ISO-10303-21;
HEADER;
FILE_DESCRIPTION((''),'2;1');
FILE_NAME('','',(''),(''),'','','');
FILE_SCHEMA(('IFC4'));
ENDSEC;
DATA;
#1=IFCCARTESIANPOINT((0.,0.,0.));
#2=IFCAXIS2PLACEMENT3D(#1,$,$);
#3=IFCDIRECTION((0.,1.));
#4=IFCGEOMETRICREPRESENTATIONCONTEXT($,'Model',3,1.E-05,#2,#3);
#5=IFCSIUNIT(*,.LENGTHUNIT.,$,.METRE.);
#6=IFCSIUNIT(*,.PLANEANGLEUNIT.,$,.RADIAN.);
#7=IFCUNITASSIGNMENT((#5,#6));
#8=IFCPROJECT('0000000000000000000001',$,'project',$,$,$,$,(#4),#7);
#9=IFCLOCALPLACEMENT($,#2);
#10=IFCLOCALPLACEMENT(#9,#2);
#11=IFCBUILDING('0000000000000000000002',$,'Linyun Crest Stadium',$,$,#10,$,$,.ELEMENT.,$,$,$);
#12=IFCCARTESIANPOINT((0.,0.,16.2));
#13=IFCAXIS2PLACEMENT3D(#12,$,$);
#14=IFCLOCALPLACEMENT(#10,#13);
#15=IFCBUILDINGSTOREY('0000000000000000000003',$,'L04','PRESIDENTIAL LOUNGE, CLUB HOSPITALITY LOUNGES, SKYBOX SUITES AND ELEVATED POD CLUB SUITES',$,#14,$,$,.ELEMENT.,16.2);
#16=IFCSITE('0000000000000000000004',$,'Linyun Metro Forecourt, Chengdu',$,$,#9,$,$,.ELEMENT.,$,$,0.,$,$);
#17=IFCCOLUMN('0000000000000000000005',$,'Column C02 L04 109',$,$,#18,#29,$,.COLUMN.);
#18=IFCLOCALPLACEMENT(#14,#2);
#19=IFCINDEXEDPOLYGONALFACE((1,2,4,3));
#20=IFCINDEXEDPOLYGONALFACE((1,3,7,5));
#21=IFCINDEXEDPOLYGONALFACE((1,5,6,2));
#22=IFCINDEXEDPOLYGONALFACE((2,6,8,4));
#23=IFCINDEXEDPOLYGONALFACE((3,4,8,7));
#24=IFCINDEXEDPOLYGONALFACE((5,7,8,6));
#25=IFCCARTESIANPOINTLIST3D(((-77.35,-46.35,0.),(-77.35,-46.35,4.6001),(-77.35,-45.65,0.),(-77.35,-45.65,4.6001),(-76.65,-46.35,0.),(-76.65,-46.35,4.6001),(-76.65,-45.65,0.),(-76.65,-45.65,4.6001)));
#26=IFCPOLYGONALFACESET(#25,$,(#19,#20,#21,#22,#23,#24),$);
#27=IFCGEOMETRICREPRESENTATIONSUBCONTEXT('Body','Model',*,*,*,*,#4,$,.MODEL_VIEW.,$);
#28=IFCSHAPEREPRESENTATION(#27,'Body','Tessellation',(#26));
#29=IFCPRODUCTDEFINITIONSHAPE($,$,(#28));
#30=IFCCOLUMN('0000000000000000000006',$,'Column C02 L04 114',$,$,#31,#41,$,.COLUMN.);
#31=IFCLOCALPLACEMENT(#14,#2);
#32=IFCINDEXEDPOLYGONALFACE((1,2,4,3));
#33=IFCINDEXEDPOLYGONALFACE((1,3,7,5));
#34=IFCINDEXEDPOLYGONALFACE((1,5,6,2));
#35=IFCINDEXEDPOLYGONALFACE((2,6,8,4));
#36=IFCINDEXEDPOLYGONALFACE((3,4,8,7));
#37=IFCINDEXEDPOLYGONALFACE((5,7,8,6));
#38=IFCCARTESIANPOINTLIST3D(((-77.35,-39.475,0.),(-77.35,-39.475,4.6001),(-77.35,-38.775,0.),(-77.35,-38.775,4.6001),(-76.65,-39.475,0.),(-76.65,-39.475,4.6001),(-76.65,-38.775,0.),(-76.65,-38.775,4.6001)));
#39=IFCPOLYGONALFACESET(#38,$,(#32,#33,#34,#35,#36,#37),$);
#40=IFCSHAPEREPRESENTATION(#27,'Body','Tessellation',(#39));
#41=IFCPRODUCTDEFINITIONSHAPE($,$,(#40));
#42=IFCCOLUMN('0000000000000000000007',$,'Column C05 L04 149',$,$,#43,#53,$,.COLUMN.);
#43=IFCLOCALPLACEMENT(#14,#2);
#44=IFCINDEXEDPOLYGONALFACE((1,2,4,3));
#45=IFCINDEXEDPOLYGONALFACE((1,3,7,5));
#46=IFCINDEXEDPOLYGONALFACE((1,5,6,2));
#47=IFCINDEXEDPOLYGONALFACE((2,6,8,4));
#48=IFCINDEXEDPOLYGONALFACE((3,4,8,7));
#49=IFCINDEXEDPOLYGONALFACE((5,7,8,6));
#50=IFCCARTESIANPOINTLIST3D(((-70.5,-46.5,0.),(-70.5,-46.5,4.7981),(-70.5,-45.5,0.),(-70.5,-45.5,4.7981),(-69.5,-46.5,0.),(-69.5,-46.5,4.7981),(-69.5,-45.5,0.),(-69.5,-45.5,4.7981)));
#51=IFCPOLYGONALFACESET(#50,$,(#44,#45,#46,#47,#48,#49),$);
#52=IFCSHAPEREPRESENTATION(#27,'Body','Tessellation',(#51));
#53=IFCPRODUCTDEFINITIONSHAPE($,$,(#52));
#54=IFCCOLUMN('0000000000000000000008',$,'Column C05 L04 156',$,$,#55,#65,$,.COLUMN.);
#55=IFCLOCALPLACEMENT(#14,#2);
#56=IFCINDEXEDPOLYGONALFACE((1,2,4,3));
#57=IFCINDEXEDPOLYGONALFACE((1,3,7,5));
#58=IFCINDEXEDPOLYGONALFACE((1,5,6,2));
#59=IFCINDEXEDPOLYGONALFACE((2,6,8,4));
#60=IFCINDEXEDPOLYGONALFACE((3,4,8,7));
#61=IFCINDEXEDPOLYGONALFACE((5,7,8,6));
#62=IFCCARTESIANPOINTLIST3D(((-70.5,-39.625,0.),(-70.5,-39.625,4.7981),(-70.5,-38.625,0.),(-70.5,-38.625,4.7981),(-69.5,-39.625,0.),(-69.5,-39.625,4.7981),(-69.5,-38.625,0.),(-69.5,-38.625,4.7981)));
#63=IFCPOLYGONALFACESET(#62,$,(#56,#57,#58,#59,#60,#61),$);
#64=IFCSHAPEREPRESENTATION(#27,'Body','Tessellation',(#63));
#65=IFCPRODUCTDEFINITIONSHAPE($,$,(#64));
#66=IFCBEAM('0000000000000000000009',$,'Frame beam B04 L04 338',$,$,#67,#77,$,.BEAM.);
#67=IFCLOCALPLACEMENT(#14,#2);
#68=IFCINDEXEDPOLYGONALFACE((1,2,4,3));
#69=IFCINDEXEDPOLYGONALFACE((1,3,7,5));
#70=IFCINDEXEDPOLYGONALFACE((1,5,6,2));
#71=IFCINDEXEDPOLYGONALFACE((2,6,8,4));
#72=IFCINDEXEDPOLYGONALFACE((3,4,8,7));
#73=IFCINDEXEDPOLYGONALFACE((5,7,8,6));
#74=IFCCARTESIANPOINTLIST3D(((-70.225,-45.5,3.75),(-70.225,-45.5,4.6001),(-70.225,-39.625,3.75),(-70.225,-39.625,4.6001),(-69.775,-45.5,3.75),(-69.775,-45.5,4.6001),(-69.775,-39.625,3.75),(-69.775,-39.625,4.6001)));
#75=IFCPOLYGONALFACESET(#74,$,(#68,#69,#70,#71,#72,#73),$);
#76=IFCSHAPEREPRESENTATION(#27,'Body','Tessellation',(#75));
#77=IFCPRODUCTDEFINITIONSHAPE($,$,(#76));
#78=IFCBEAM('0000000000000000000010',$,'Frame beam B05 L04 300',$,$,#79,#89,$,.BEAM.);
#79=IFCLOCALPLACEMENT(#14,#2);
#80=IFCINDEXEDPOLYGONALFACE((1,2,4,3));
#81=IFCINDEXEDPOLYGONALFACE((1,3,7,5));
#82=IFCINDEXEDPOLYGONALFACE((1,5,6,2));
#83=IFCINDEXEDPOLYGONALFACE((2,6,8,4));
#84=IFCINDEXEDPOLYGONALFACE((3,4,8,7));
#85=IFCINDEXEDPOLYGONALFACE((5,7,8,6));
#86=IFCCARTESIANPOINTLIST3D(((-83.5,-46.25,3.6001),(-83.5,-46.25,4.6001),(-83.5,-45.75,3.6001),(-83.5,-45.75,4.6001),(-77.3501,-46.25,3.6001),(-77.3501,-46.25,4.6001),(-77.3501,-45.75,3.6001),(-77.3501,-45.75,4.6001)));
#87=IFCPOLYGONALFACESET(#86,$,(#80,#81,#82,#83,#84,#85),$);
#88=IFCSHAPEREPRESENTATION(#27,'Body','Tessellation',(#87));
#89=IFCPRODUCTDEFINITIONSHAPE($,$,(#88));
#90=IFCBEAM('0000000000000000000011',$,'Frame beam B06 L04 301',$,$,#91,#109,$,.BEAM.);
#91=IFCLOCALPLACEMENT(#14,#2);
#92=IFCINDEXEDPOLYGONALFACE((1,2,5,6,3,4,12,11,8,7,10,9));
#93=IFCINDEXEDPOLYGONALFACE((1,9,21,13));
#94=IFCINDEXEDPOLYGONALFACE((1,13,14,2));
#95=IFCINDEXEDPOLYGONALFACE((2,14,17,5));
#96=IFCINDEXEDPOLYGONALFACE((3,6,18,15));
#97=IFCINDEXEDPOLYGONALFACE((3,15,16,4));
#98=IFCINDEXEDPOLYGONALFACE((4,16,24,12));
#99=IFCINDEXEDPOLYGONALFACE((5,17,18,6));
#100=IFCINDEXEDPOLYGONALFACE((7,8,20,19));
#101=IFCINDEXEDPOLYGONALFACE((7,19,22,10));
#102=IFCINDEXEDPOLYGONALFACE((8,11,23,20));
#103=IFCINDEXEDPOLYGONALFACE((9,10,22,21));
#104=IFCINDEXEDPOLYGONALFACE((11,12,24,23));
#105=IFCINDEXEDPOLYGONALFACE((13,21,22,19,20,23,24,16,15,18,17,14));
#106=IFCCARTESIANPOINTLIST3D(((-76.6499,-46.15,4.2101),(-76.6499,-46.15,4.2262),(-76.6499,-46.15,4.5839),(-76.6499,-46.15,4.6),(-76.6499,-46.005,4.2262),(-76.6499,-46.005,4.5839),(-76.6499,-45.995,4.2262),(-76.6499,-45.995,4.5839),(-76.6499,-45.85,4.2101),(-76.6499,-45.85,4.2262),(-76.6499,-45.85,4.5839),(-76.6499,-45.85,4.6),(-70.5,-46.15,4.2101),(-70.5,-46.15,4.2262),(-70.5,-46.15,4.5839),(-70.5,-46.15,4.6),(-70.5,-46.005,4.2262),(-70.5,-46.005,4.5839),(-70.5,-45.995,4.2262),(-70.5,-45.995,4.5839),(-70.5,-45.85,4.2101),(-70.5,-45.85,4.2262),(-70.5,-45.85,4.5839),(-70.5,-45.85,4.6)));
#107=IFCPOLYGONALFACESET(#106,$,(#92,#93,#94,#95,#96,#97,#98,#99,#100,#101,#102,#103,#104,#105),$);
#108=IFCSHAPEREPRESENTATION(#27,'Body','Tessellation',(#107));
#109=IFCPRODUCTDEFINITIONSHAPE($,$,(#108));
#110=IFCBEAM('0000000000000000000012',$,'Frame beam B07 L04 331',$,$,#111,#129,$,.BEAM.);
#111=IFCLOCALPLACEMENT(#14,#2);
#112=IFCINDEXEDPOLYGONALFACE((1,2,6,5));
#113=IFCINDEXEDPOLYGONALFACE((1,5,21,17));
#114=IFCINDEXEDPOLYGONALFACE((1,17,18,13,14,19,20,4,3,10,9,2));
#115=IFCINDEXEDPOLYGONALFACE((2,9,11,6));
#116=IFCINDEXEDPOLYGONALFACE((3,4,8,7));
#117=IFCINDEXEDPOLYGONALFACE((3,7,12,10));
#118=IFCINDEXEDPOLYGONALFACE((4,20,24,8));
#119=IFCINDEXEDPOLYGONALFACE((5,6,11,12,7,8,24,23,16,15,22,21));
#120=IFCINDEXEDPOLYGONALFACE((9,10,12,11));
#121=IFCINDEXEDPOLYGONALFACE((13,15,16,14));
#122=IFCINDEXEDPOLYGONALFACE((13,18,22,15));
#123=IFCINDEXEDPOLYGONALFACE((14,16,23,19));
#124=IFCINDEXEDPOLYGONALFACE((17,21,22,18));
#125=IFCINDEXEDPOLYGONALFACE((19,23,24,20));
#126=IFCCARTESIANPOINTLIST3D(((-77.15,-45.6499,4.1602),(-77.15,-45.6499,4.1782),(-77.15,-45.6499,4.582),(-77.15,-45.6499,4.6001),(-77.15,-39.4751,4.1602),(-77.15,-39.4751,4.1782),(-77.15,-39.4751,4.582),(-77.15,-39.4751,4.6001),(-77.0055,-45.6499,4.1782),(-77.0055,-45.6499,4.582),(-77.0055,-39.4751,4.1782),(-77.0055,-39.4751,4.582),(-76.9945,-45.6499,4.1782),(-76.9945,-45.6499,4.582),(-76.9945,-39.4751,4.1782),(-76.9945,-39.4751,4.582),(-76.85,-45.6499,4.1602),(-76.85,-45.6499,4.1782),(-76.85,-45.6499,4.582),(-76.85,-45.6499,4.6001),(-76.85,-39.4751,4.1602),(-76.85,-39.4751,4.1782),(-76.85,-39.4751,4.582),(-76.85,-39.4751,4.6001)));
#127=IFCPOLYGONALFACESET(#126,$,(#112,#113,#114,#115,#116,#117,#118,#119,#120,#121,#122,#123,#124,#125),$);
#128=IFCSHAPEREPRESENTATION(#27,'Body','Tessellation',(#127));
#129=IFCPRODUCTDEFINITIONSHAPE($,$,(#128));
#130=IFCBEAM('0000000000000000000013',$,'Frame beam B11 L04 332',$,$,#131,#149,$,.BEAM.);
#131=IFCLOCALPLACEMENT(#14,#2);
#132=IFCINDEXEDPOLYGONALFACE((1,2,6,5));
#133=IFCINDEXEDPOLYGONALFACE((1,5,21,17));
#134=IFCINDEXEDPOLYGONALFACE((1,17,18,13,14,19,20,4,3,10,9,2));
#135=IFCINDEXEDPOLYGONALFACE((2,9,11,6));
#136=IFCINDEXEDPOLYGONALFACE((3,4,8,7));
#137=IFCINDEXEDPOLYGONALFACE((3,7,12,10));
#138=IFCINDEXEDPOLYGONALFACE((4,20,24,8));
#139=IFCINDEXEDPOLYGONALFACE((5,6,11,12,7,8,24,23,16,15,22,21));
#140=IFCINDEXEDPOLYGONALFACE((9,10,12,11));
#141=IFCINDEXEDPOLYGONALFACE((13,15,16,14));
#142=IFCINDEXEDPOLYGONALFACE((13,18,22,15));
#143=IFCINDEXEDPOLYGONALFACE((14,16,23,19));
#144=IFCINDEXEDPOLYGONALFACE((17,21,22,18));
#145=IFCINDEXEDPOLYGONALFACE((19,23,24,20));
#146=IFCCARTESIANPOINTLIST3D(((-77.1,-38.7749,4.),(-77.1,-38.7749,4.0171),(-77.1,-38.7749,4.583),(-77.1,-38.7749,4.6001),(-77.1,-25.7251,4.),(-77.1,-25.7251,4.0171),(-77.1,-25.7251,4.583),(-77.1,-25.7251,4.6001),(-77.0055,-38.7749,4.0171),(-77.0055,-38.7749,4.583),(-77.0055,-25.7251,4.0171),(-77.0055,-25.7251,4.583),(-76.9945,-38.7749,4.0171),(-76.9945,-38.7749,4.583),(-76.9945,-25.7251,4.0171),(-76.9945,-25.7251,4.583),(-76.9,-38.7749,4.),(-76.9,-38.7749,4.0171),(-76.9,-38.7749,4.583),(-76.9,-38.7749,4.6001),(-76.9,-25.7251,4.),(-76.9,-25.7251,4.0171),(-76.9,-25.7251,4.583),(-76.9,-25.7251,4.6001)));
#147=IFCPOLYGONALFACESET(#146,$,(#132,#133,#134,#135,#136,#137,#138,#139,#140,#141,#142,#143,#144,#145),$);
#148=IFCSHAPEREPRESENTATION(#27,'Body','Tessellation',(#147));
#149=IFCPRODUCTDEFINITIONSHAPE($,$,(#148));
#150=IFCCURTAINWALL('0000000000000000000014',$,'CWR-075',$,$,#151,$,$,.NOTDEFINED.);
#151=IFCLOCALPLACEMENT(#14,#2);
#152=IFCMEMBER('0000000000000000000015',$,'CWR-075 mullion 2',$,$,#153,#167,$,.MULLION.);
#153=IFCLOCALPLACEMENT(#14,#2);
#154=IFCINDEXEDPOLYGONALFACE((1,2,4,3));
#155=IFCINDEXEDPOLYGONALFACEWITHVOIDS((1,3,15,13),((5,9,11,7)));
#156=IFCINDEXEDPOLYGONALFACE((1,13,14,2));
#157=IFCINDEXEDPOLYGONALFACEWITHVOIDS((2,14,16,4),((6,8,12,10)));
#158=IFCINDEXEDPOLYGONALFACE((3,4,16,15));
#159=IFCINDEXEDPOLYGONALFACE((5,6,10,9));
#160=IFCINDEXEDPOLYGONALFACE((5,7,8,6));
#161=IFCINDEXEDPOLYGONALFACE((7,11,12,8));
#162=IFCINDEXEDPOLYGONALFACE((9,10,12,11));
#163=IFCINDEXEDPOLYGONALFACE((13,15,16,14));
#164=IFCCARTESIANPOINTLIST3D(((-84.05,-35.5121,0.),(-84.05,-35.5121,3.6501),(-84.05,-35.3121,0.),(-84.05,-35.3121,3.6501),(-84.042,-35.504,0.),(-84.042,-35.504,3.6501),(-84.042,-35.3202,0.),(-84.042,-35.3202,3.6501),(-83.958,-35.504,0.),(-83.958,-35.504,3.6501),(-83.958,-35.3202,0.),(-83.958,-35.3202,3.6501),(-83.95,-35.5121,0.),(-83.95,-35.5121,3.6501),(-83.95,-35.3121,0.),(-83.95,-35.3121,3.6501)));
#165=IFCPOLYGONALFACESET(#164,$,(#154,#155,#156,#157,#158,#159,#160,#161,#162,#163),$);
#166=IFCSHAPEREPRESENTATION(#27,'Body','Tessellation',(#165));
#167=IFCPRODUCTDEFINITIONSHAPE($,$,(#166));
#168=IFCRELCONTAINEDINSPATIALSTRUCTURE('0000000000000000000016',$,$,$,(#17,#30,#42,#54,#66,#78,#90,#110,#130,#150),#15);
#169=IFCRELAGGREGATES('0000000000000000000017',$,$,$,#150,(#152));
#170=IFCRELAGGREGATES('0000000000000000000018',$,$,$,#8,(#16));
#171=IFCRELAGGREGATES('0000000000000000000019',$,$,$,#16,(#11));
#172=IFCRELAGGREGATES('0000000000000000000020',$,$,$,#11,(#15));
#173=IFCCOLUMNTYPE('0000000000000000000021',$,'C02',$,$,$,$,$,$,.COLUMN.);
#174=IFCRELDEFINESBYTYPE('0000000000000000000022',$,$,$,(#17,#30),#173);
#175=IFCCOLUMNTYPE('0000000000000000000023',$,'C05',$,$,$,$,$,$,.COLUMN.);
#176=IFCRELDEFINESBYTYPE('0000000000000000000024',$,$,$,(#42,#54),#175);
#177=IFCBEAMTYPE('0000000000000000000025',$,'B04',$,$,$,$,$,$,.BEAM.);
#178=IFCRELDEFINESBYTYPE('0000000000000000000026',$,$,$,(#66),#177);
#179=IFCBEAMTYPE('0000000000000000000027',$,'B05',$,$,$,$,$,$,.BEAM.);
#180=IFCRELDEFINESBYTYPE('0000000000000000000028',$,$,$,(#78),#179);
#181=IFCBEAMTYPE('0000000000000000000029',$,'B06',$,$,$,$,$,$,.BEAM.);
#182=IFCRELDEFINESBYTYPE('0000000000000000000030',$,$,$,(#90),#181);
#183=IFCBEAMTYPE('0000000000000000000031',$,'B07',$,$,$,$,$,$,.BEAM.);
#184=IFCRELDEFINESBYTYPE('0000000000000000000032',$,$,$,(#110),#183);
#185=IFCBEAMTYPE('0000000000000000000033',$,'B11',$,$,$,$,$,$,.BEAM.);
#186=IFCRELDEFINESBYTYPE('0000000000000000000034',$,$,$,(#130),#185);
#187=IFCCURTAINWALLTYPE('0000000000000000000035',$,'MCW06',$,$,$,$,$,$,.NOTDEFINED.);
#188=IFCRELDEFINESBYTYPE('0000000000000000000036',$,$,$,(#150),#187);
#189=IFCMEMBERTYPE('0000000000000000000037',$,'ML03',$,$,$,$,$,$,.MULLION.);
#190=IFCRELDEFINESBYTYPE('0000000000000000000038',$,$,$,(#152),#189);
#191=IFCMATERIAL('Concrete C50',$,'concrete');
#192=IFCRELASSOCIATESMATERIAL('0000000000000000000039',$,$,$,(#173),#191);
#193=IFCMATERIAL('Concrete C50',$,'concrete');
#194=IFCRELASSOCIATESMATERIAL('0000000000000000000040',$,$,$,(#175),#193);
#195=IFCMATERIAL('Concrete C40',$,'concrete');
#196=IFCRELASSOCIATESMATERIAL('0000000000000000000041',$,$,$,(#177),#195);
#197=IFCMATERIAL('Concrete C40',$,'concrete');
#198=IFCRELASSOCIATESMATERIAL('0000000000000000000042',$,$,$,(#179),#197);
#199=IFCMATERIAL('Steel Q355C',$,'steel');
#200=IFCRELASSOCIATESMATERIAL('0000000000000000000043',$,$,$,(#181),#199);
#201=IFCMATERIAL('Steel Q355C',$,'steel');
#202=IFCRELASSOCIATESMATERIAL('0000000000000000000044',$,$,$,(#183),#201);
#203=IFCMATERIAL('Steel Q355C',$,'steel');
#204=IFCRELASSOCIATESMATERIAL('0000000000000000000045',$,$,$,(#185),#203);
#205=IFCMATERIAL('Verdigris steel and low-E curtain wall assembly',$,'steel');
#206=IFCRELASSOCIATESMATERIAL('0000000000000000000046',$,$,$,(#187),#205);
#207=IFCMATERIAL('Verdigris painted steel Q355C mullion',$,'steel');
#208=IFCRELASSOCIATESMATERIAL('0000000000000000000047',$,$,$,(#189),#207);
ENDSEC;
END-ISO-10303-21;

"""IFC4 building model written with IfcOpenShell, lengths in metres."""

from ifc_helpers import new_model, si_unit, direction, frame, origin, origin_2d, place, context, subcontext, project, spatial, rectangle, hollow_rectangle, i_section, extrude, material, material_profile, profile_set, type_object, element, aggregate, save


model = new_model("IFC4")

# Units and contexts
model_context = context("Model", 3, precision=1e-05, world=origin(), true_north=direction((0.0, 1.0)))
body_context = subcontext(model_context, "Body", "Model", "MODEL_VIEW")
ifc_project = project(units=[si_unit("LENGTHUNIT", "METRE"), si_unit("PLANEANGLEUNIT", "RADIAN")], contexts=[model_context])

# Site, building, storey
site_placement = place(None, origin())
site = spatial("IfcSite", under=ifc_project, at=site_placement, Name="Linyun Metro Forecourt, Chengdu", CompositionType="ELEMENT", RefElevation=0.0)
building_placement = place(site_placement, origin())
building = spatial("IfcBuilding", under=site, at=building_placement, Name="Linyun Crest Stadium", CompositionType="ELEMENT")
storey_placement = place(building_placement, frame((0.0, 0.0, 16.2)))
storey = spatial("IfcBuildingStorey", under=building, at=storey_placement, Name="L04", Description="PRESIDENTIAL LOUNGE, CLUB HOSPITALITY LOUNGES, SKYBOX SUITES AND ELEVATED POD CLUB SUITES", CompositionType="ELEMENT", Elevation=16.2)

# Columns
ifc_material_1 = material(Name="Concrete C50", Category="concrete")
ifc_material_profile_1 = material_profile(ifc_material_1, rectangle(XDim=0.7, YDim=0.7, at=origin_2d()), Name="RC 700x700")
ifc_profile_set_1 = profile_set([ifc_material_profile_1], Name="Concrete C50")
column_type_1 = type_object("IfcColumnType", Name="C02", PredefinedType="COLUMN", material=ifc_profile_set_1)
for number, where, z_axis, x_axis, name in (
    (1, (-77.0, -46.0, 0.0), (0.0, 0.0, 1.0), (1.0, 0.0, 0.0), "Column C02 L04 109"),
    (2, (-77.0, -39.125, 0.0), (0.0, 0.0, 1.0), (1.0, 0.0, 0.0), "Column C02 L04 114"),
):
    element("IfcColumn", number, at=place(storey_placement, frame(where, z_axis=z_axis, x_axis=x_axis)), inside=storey, type_object=column_type_1, Name=name, PredefinedType="COLUMN", context=body_context, shape_type="SweptSolid", body=[
        extrude(rectangle(XDim=0.7, YDim=0.7, at=origin_2d()), origin(), (0.0, 0.0, 1.0), 4.6001),
    ])
ifc_material_2 = material(Name="Concrete C50", Category="concrete")
ifc_material_profile_2 = material_profile(ifc_material_2, rectangle(XDim=1.0, YDim=1.0, at=origin_2d()), Name="RC 1000x1000")
ifc_profile_set_2 = profile_set([ifc_material_profile_2], Name="Concrete C50")
column_type_2 = type_object("IfcColumnType", Name="C05", PredefinedType="COLUMN", material=ifc_profile_set_2)
for number, where, z_axis, x_axis, name in (
    (3, (-70.0, -46.0, 0.0), (0.0, 0.0, 1.0), (1.0, 0.0, 0.0), "Column C05 L04 149"),
    (4, (-70.0, -39.125, 0.0), (0.0, 0.0, 1.0), (1.0, 0.0, 0.0), "Column C05 L04 156"),
):
    element("IfcColumn", number, at=place(storey_placement, frame(where, z_axis=z_axis, x_axis=x_axis)), inside=storey, type_object=column_type_2, Name=name, PredefinedType="COLUMN", context=body_context, shape_type="SweptSolid", body=[
        extrude(rectangle(XDim=1.0, YDim=1.0, at=origin_2d()), origin(), (0.0, 0.0, 1.0), 4.7981),
    ])

# Beams
ifc_material_3 = material(Name="Concrete C40", Category="concrete")
ifc_material_profile_3 = material_profile(ifc_material_3, rectangle(XDim=0.45, YDim=0.8501, at=origin_2d()), Name="RCB 850x450")
ifc_profile_set_3 = profile_set([ifc_material_profile_3], Name="Concrete C40")
beam_type_1 = type_object("IfcBeamType", Name="B04", PredefinedType="BEAM", material=ifc_profile_set_3)
beam_1_placement = place(storey_placement, frame((-70.0, -45.5, 4.175), z_axis=(0.0, 1.0, 0.0), x_axis=(-1.0, 0.0, 0.0)))
element("IfcBeam", 5, at=beam_1_placement, inside=storey, type_object=beam_type_1, Name="Frame beam B04 L04 338", PredefinedType="BEAM", context=body_context, shape_type="SweptSolid", body=[
    extrude(rectangle(XDim=0.45, YDim=0.8501, at=origin_2d()), origin(), (0.0, 0.0, 1.0), 5.875),
])
ifc_material_4 = material(Name="Concrete C40", Category="concrete")
ifc_material_profile_4 = material_profile(ifc_material_4, rectangle(XDim=0.5, YDim=1.0, at=origin_2d()), Name="RCB 1000x500")
ifc_profile_set_4 = profile_set([ifc_material_profile_4], Name="Concrete C40")
beam_type_2 = type_object("IfcBeamType", Name="B05", PredefinedType="BEAM", material=ifc_profile_set_4)
beam_2_placement = place(storey_placement, frame((-83.5, -46.0, 4.1001), z_axis=(1.0, 0.0, 0.0), x_axis=(0.0, 1.0, 0.0)))
element("IfcBeam", 6, at=beam_2_placement, inside=storey, type_object=beam_type_2, Name="Frame beam B05 L04 300", PredefinedType="BEAM", context=body_context, shape_type="SweptSolid", body=[
    extrude(rectangle(XDim=0.5, YDim=1.0, at=origin_2d()), origin(), (0.0, 0.0, 1.0), 6.1499),
])
ifc_material_5 = material(Name="Steel Q355C", Category="steel")
ifc_material_profile_5 = material_profile(ifc_material_5, i_section(OverallWidth=0.3, OverallDepth=0.3899, WebThickness=0.01, FlangeThickness=0.0161, at=origin_2d()), Name="HM 390x300")
ifc_profile_set_5 = profile_set([ifc_material_profile_5], Name="Steel Q355C")
beam_type_3 = type_object("IfcBeamType", Name="B06", PredefinedType="BEAM", material=ifc_profile_set_5)
beam_3_placement = place(storey_placement, frame((-76.6499, -46.0, 4.405), z_axis=(1.0, 0.0, 0.0), x_axis=(0.0, 1.0, 0.0)))
element("IfcBeam", 7, at=beam_3_placement, inside=storey, type_object=beam_type_3, Name="Frame beam B06 L04 301", PredefinedType="BEAM", context=body_context, shape_type="SweptSolid", body=[
    extrude(i_section(OverallWidth=0.3, OverallDepth=0.3899, WebThickness=0.01, FlangeThickness=0.0161, at=origin_2d()), origin(), (0.0, 0.0, 1.0), 6.1499),
])
ifc_material_6 = material(Name="Steel Q355C", Category="steel")
ifc_material_profile_6 = material_profile(ifc_material_6, i_section(OverallWidth=0.3, OverallDepth=0.4399, WebThickness=0.011, FlangeThickness=0.0181, at=origin_2d()), Name="HM 440x300")
ifc_profile_set_6 = profile_set([ifc_material_profile_6], Name="Steel Q355C")
beam_type_4 = type_object("IfcBeamType", Name="B07", PredefinedType="BEAM", material=ifc_profile_set_6)
beam_4_placement = place(storey_placement, frame((-77.0, -45.6499, 4.3801), z_axis=(0.0, 1.0, 0.0), x_axis=(-1.0, 0.0, 0.0)))
element("IfcBeam", 8, at=beam_4_placement, inside=storey, type_object=beam_type_4, Name="Frame beam B07 L04 331", PredefinedType="BEAM", context=body_context, shape_type="SweptSolid", body=[
    extrude(i_section(OverallWidth=0.3, OverallDepth=0.4399, WebThickness=0.011, FlangeThickness=0.0181, at=origin_2d()), origin(), (0.0, 0.0, 1.0), 6.1748),
])
ifc_material_7 = material(Name="Steel Q355C", Category="steel")
ifc_material_profile_7 = material_profile(ifc_material_7, i_section(OverallWidth=0.2, OverallDepth=0.6001, WebThickness=0.011, FlangeThickness=0.0171, at=origin_2d()), Name="HN 600x200")
ifc_profile_set_7 = profile_set([ifc_material_profile_7], Name="Steel Q355C")
beam_type_5 = type_object("IfcBeamType", Name="B11", PredefinedType="BEAM", material=ifc_profile_set_7)
beam_5_placement = place(storey_placement, frame((-77.0, -38.7749, 4.3), z_axis=(0.0, 1.0, 0.0), x_axis=(-1.0, 0.0, 0.0)))
element("IfcBeam", 9, at=beam_5_placement, inside=storey, type_object=beam_type_5, Name="Frame beam B11 L04 332", PredefinedType="BEAM", context=body_context, shape_type="SweptSolid", body=[
    extrude(i_section(OverallWidth=0.2, OverallDepth=0.6001, WebThickness=0.011, FlangeThickness=0.0171, at=origin_2d()), origin(), (0.0, 0.0, 1.0), 13.0498),
])

# Curtain wall, member
ifc_material_8 = material(Name="Verdigris steel and low-E curtain wall assembly", Category="steel")
curtain_wall_type = type_object("IfcCurtainWallType", Name="MCW06", PredefinedType="NOTDEFINED", material=ifc_material_8)
curtain_wall_placement = place(storey_placement, origin())
curtain_wall = element("IfcCurtainWall", 10, at=curtain_wall_placement, inside=storey, type_object=curtain_wall_type, Name="CWR-075", PredefinedType="NOTDEFINED")
ifc_material_9 = material(Name="Verdigris painted steel Q355C mullion", Category="steel")
ifc_material_profile_8 = material_profile(ifc_material_9, hollow_rectangle(XDim=0.1001, YDim=0.2, WallThickness=0.0081, at=origin_2d()), Name="RHS 200x100x8")
ifc_profile_set_8 = profile_set([ifc_material_profile_8], Name="Verdigris painted steel Q355C mullion")
member_type_1 = type_object("IfcMemberType", Name="ML03", PredefinedType="MULLION", material=ifc_profile_set_8)
member_1_placement = place(storey_placement, frame((-84.0, -35.4121, 0.0), z_axis=(0.0, 0.0, 1.0), x_axis=(-1.0, 0.0, 0.0)))
member_1 = element("IfcMember", 11, at=member_1_placement, type_object=member_type_1, Name="CWR-075 mullion 2", PredefinedType="MULLION", context=body_context, shape_type="SweptSolid", body=[
    extrude(hollow_rectangle(XDim=0.1001, YDim=0.2, WallThickness=0.0081, at=origin_2d()), origin(), (0.0, 0.0, 1.0), 3.6501),
])
aggregate(curtain_wall, [member_1])

save(model, "model.ifc")
